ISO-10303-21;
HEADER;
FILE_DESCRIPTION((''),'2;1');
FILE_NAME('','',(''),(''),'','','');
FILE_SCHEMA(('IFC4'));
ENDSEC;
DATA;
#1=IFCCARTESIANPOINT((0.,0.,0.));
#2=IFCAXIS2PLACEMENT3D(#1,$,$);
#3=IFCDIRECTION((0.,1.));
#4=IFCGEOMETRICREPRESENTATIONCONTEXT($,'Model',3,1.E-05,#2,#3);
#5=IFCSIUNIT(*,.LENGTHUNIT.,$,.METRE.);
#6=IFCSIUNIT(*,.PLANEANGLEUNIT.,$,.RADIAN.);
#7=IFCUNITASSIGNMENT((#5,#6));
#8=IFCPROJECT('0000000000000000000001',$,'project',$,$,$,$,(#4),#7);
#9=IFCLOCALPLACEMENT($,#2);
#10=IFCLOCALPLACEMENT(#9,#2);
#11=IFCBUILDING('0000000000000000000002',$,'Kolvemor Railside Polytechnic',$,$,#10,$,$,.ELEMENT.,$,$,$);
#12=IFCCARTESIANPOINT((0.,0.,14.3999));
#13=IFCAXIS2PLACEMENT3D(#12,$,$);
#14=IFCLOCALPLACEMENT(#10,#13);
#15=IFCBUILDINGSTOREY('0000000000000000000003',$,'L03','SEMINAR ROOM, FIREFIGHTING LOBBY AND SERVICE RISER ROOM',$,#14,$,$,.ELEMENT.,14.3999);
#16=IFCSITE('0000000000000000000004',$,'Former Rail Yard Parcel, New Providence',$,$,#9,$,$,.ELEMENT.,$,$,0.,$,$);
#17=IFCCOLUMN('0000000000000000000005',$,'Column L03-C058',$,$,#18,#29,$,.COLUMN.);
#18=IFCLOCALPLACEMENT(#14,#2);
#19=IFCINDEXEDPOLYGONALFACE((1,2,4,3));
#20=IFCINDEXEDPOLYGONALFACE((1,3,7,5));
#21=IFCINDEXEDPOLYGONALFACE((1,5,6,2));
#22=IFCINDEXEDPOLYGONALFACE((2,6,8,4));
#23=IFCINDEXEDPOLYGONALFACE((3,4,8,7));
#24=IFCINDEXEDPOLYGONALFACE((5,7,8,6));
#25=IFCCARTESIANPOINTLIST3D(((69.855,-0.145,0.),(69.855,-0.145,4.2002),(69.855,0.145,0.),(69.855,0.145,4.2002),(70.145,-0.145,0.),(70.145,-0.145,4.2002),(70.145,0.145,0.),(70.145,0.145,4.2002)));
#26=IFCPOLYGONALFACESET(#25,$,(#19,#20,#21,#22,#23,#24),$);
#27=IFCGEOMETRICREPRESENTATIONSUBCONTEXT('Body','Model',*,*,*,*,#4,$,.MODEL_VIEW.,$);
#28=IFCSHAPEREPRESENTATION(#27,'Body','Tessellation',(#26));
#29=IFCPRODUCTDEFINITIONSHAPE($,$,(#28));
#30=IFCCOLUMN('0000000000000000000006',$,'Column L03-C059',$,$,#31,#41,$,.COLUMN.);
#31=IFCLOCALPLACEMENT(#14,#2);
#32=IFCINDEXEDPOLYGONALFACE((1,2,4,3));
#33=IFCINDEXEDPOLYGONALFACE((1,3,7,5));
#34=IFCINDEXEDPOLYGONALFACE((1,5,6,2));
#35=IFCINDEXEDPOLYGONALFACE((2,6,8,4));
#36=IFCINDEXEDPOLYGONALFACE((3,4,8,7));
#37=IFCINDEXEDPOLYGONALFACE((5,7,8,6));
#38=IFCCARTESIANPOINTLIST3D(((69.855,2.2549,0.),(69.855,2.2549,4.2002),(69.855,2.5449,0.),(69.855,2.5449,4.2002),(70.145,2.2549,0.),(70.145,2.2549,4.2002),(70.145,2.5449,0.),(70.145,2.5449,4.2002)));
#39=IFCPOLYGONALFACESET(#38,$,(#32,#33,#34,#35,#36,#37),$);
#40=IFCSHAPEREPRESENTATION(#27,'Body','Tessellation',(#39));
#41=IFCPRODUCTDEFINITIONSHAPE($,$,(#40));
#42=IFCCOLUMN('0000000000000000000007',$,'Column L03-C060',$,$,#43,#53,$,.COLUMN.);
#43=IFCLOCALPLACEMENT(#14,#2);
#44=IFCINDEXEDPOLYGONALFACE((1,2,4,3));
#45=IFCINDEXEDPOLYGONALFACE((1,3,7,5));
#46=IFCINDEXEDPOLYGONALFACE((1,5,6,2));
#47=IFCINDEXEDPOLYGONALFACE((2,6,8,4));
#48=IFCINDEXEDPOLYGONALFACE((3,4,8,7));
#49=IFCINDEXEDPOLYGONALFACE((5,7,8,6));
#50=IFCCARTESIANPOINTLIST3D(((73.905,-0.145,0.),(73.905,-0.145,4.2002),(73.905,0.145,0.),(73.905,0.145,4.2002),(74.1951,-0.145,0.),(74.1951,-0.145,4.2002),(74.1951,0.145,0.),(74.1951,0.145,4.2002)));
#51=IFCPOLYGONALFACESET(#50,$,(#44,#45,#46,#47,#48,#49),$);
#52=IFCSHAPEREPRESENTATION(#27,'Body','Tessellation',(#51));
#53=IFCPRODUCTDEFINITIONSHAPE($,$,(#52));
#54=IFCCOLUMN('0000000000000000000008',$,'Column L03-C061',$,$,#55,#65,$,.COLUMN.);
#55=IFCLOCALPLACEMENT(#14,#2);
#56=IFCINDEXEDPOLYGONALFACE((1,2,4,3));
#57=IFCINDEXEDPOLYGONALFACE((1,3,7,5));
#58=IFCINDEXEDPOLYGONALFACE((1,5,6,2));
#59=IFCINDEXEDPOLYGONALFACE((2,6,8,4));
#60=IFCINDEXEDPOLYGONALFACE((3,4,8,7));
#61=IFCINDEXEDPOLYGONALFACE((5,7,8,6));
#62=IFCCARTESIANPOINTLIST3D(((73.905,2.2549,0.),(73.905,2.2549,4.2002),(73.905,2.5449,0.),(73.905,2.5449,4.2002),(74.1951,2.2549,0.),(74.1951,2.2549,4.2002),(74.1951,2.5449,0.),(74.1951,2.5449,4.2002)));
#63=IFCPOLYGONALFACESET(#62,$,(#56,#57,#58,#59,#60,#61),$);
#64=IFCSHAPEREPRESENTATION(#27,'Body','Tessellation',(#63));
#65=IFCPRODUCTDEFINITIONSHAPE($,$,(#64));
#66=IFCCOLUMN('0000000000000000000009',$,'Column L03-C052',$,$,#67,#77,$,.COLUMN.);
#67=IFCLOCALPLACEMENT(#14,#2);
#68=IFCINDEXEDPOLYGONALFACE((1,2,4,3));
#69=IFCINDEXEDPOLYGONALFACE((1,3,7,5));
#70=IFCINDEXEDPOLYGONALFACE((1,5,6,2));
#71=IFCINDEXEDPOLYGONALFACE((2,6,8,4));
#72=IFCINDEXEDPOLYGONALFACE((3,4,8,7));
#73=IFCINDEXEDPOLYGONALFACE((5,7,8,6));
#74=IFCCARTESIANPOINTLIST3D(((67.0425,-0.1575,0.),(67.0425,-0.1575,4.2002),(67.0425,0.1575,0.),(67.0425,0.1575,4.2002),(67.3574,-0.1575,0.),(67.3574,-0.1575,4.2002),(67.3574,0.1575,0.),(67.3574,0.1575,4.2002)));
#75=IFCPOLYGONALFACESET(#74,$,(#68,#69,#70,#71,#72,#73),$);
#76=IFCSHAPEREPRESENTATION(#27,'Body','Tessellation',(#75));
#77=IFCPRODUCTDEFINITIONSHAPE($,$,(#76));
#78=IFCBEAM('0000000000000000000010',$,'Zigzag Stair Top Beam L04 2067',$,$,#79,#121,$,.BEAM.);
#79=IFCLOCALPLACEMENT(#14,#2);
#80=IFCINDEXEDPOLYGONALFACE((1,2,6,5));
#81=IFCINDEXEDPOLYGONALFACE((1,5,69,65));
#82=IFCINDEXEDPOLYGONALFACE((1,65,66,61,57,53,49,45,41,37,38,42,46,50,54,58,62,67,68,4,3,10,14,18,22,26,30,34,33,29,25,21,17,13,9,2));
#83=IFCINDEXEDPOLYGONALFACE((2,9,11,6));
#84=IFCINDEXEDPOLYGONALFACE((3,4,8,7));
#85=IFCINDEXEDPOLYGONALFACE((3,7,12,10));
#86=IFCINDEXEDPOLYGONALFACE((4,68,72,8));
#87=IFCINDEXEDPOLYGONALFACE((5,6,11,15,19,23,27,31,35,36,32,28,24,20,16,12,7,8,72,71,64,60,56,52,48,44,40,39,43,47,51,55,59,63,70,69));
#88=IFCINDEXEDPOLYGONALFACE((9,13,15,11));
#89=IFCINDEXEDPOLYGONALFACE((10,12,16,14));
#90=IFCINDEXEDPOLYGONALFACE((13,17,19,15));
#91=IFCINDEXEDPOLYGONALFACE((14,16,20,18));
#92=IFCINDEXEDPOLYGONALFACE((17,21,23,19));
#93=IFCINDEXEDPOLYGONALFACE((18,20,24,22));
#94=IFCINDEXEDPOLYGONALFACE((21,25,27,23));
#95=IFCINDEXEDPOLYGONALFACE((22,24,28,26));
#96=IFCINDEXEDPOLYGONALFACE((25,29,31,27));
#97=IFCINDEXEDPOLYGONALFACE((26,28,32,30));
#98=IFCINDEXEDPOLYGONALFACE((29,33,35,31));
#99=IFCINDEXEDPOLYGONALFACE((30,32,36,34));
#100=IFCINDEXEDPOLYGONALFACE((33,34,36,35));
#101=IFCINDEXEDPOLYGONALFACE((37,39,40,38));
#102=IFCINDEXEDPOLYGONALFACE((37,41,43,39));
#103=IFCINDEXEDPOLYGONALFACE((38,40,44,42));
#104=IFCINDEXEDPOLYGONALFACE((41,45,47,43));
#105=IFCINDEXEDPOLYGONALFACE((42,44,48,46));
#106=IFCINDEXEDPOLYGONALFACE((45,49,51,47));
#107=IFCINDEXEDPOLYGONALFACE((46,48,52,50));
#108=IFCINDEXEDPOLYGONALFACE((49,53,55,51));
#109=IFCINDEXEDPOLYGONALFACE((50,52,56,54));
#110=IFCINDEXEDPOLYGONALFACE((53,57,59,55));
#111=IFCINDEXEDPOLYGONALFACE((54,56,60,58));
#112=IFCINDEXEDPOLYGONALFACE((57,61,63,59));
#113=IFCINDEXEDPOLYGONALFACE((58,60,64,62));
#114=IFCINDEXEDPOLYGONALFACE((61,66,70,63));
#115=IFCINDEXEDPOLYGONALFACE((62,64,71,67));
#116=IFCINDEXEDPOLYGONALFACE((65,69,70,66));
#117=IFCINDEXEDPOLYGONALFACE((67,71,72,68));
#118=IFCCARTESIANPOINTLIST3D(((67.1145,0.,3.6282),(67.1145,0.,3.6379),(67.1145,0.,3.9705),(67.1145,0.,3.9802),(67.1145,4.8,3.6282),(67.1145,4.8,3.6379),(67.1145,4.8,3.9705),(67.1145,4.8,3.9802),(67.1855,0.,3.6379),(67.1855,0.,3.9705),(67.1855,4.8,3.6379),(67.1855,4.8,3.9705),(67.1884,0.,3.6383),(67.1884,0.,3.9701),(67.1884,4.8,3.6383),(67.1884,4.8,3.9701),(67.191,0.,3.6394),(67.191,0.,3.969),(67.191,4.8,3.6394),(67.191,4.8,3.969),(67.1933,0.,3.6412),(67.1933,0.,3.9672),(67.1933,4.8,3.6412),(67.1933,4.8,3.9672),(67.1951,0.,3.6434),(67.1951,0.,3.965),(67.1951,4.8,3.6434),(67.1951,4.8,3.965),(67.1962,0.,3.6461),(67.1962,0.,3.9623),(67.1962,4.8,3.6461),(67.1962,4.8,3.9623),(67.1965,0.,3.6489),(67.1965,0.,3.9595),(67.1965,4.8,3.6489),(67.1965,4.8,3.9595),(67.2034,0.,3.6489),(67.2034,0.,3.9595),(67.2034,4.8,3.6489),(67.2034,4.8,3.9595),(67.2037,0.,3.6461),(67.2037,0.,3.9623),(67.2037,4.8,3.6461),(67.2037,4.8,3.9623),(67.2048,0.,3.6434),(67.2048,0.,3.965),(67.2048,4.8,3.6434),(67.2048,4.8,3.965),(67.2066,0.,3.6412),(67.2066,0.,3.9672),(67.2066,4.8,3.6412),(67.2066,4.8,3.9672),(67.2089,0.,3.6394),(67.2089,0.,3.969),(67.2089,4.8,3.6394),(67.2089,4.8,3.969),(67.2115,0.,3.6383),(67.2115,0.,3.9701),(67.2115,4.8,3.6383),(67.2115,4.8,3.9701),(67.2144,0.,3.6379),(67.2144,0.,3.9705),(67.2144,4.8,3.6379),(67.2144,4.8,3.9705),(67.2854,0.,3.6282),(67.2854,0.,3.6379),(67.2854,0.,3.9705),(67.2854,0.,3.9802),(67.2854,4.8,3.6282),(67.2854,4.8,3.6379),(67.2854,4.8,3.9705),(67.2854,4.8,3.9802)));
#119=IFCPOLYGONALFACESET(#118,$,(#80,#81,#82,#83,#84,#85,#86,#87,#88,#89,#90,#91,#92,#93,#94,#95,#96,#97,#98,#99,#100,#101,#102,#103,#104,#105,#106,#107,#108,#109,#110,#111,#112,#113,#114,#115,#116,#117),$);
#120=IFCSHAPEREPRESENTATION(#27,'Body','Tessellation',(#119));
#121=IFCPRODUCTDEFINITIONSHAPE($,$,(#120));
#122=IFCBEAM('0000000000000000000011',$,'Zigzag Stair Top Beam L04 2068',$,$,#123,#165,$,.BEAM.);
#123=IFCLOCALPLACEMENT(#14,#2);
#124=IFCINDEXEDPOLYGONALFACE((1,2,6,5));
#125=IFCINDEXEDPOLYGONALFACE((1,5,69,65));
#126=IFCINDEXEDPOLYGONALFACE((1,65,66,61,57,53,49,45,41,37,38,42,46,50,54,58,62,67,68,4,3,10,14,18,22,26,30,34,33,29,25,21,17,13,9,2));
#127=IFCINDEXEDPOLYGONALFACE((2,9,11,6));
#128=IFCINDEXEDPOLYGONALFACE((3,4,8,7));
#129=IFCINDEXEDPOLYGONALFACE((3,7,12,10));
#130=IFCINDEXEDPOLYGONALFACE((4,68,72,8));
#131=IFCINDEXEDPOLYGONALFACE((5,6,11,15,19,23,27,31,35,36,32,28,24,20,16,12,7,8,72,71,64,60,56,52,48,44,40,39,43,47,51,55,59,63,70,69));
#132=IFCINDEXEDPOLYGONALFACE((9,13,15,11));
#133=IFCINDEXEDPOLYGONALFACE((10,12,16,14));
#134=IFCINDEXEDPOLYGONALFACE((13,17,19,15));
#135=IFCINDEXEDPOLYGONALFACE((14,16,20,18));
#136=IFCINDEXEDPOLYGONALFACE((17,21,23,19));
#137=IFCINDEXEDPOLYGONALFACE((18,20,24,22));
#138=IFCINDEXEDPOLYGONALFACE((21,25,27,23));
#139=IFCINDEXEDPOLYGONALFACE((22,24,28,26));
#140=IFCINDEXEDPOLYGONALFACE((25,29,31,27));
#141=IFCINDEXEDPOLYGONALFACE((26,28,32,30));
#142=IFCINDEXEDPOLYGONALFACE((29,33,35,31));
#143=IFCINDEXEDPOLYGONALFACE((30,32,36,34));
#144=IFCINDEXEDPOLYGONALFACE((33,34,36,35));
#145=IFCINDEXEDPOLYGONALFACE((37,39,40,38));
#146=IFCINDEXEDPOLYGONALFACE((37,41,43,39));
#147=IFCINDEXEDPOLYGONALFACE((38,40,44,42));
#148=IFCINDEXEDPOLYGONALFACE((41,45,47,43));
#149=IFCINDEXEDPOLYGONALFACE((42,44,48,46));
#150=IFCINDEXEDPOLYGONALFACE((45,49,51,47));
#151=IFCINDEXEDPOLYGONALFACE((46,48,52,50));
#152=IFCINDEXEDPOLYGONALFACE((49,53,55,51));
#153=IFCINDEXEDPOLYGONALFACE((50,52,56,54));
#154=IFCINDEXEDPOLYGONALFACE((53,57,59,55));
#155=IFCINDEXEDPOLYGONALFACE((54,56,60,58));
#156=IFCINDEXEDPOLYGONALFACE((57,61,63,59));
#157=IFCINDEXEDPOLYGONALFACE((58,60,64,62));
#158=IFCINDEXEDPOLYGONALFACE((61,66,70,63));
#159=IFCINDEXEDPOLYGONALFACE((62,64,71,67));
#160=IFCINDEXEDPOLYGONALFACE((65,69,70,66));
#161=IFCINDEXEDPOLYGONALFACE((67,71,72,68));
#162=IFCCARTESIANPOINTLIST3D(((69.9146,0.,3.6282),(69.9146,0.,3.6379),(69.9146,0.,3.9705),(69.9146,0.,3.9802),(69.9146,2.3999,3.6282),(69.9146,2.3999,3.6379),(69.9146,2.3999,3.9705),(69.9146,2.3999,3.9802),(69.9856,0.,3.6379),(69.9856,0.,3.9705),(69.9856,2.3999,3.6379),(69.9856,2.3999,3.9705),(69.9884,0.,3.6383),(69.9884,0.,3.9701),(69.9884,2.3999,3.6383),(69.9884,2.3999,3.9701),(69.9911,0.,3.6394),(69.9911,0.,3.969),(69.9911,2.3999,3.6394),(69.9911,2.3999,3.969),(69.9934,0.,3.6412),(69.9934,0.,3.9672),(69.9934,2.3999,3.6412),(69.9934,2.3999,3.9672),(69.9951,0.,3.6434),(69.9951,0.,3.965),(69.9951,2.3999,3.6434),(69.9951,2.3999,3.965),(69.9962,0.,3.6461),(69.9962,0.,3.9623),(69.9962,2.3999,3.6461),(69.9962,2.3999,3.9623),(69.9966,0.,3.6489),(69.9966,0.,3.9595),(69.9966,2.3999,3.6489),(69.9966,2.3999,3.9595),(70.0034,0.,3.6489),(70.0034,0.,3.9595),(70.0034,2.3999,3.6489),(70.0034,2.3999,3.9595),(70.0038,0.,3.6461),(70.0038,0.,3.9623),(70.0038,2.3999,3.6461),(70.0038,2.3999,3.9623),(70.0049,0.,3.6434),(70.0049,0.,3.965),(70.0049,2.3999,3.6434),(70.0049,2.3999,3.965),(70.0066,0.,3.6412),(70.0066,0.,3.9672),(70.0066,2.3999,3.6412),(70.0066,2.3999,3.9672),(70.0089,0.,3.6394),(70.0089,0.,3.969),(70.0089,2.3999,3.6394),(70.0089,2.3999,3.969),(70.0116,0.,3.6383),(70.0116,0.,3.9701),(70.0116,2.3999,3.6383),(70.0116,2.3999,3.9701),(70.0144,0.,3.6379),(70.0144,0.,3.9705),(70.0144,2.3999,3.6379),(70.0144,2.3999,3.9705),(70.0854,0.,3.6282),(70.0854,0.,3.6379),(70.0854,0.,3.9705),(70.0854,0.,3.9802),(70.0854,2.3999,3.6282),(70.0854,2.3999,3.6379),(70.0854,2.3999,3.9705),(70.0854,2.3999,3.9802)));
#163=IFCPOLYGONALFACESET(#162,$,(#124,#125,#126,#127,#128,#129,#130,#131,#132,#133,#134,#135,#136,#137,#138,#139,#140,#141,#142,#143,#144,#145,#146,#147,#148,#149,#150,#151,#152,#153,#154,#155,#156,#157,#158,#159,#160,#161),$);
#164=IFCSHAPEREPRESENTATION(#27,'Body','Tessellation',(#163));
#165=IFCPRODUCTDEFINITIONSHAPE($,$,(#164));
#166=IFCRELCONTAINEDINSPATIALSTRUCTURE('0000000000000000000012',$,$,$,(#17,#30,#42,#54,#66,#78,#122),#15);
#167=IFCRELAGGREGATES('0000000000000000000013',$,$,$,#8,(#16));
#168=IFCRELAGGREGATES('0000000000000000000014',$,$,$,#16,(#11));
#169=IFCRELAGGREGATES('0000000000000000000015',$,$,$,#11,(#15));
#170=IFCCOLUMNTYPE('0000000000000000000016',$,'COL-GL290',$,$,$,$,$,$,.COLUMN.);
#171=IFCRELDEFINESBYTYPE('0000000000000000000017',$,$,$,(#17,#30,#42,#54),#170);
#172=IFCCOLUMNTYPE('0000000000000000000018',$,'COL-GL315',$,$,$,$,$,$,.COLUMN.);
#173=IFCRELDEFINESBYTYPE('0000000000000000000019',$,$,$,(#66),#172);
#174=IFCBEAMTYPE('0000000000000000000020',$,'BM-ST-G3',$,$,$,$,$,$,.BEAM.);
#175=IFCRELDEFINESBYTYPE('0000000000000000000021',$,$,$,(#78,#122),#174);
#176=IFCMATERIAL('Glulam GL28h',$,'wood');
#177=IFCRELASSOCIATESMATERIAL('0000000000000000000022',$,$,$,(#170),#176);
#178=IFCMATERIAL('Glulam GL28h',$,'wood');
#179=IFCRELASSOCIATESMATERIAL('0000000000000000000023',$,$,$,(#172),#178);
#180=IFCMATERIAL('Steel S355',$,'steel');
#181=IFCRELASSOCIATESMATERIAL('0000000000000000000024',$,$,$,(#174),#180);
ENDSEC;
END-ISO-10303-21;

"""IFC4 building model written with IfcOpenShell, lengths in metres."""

from ifc_helpers import new_model, si_unit, direction, frame, origin, origin_2d, place, context, subcontext, project, spatial, rectangle, i_section, extrude, material, material_profile, profile_set, type_object, element, save


model = new_model("IFC4")

# Units and contexts
model_context = context("Model", 3, precision=1e-05, world=origin(), true_north=direction((0.0, 1.0)))
body_context = subcontext(model_context, "Body", "Model", "MODEL_VIEW")
ifc_project = project(units=[si_unit("LENGTHUNIT", "METRE"), si_unit("PLANEANGLEUNIT", "RADIAN")], contexts=[model_context])

# Site, building, storey
site_placement = place(None, origin())
site = spatial("IfcSite", under=ifc_project, at=site_placement, Name="Former Rail Yard Parcel, New Providence", CompositionType="ELEMENT", RefElevation=0.0)
building_placement = place(site_placement, origin())
building = spatial("IfcBuilding", under=site, at=building_placement, Name="Kolvemor Railside Polytechnic", CompositionType="ELEMENT")
storey_placement = place(building_placement, frame((0.0, 0.0, 14.3999)))
storey = spatial("IfcBuildingStorey", under=building, at=storey_placement, Name="L03", Description="SEMINAR ROOM, FIREFIGHTING LOBBY AND SERVICE RISER ROOM", CompositionType="ELEMENT", Elevation=14.3999)

# Columns
ifc_material_1 = material(Name="Glulam GL28h", Category="wood")
ifc_material_profile_1 = material_profile(ifc_material_1, rectangle(XDim=0.29, YDim=0.29, at=origin_2d()), Name="GL290x290")
ifc_profile_set_1 = profile_set([ifc_material_profile_1], Name="Glulam GL28h")
column_type_1 = type_object("IfcColumnType", Name="COL-GL290", PredefinedType="COLUMN", material=ifc_profile_set_1)
for number, where, z_axis, x_axis, name in (
    (1, (70.0, 0.0, 0.0), (0.0, 0.0, 1.0), (1.0, 0.0, 0.0), "Column L03-C058"),
    (2, (70.0, 2.3999, 0.0), (0.0, 0.0, 1.0), (1.0, 0.0, 0.0), "Column L03-C059"),
    (3, (74.05, 0.0, 0.0), (0.0, 0.0, 1.0), (1.0, 0.0, 0.0), "Column L03-C060"),
    (4, (74.05, 2.3999, 0.0), (0.0, 0.0, 1.0), (1.0, 0.0, 0.0), "Column L03-C061"),
):
    element("IfcColumn", number, at=place(storey_placement, frame(where, z_axis=z_axis, x_axis=x_axis)), inside=storey, type_object=column_type_1, Name=name, PredefinedType="COLUMN", context=body_context, shape_type="SweptSolid", body=[
        extrude(rectangle(XDim=0.29, YDim=0.29, at=origin_2d()), origin(), (0.0, 0.0, 1.0), 4.2002),
    ])
ifc_material_2 = material(Name="Glulam GL28h", Category="wood")
ifc_material_profile_2 = material_profile(ifc_material_2, rectangle(XDim=0.3149, YDim=0.3149, at=origin_2d()), Name="GL315x315")
ifc_profile_set_2 = profile_set([ifc_material_profile_2], Name="Glulam GL28h")
column_type_2 = type_object("IfcColumnType", Name="COL-GL315", PredefinedType="COLUMN", material=ifc_profile_set_2)
column_placement = place(storey_placement, frame((67.2, 0.0, 0.0), z_axis=(0.0, 0.0, 1.0), x_axis=(1.0, 0.0, 0.0)))
element("IfcColumn", 5, at=column_placement, inside=storey, type_object=column_type_2, Name="Column L03-C052", PredefinedType="COLUMN", context=body_context, shape_type="SweptSolid", body=[
    extrude(rectangle(XDim=0.3149, YDim=0.3149, at=origin_2d()), origin(), (0.0, 0.0, 1.0), 4.2002),
])

# Beams
ifc_material_3 = material(Name="Steel S355", Category="steel")
ifc_material_profile_3 = material_profile(ifc_material_3, i_section(OverallWidth=0.1709, OverallDepth=0.3521, WebThickness=0.0068, FlangeThickness=0.0098, FilletRadius=0.011, at=origin_2d()), Name="W360x44")
ifc_profile_set_3 = profile_set([ifc_material_profile_3], Name="Steel S355")
beam_type_1 = type_object("IfcBeamType", Name="BM-ST-G3", PredefinedType="BEAM", material=ifc_profile_set_3)
beam_1_placement = place(storey_placement, frame((67.2, 0.0, 3.8042), z_axis=(0.0, 1.0, 0.0), x_axis=(-1.0, 0.0, 0.0)))
element("IfcBeam", 6, at=beam_1_placement, inside=storey, type_object=beam_type_1, Name="Zigzag Stair Top Beam L04 2067", PredefinedType="BEAM", context=body_context, shape_type="SweptSolid", body=[
    extrude(i_section(OverallWidth=0.1709, OverallDepth=0.3521, WebThickness=0.0068, FlangeThickness=0.0098, FilletRadius=0.011, at=origin_2d()), origin(), (0.0, 0.0, 1.0), 4.8),
])
beam_2_placement = place(storey_placement, frame((70.0, 0.0, 3.8042), z_axis=(0.0, 1.0, 0.0), x_axis=(-1.0, 0.0, 0.0)))
element("IfcBeam", 7, at=beam_2_placement, inside=storey, type_object=beam_type_1, Name="Zigzag Stair Top Beam L04 2068", PredefinedType="BEAM", context=body_context, shape_type="SweptSolid", body=[
    extrude(i_section(OverallWidth=0.1709, OverallDepth=0.3521, WebThickness=0.0068, FlangeThickness=0.0098, FilletRadius=0.011, at=origin_2d()), origin(), (0.0, 0.0, 1.0), 2.3999),
])

save(model, "model.ifc")
